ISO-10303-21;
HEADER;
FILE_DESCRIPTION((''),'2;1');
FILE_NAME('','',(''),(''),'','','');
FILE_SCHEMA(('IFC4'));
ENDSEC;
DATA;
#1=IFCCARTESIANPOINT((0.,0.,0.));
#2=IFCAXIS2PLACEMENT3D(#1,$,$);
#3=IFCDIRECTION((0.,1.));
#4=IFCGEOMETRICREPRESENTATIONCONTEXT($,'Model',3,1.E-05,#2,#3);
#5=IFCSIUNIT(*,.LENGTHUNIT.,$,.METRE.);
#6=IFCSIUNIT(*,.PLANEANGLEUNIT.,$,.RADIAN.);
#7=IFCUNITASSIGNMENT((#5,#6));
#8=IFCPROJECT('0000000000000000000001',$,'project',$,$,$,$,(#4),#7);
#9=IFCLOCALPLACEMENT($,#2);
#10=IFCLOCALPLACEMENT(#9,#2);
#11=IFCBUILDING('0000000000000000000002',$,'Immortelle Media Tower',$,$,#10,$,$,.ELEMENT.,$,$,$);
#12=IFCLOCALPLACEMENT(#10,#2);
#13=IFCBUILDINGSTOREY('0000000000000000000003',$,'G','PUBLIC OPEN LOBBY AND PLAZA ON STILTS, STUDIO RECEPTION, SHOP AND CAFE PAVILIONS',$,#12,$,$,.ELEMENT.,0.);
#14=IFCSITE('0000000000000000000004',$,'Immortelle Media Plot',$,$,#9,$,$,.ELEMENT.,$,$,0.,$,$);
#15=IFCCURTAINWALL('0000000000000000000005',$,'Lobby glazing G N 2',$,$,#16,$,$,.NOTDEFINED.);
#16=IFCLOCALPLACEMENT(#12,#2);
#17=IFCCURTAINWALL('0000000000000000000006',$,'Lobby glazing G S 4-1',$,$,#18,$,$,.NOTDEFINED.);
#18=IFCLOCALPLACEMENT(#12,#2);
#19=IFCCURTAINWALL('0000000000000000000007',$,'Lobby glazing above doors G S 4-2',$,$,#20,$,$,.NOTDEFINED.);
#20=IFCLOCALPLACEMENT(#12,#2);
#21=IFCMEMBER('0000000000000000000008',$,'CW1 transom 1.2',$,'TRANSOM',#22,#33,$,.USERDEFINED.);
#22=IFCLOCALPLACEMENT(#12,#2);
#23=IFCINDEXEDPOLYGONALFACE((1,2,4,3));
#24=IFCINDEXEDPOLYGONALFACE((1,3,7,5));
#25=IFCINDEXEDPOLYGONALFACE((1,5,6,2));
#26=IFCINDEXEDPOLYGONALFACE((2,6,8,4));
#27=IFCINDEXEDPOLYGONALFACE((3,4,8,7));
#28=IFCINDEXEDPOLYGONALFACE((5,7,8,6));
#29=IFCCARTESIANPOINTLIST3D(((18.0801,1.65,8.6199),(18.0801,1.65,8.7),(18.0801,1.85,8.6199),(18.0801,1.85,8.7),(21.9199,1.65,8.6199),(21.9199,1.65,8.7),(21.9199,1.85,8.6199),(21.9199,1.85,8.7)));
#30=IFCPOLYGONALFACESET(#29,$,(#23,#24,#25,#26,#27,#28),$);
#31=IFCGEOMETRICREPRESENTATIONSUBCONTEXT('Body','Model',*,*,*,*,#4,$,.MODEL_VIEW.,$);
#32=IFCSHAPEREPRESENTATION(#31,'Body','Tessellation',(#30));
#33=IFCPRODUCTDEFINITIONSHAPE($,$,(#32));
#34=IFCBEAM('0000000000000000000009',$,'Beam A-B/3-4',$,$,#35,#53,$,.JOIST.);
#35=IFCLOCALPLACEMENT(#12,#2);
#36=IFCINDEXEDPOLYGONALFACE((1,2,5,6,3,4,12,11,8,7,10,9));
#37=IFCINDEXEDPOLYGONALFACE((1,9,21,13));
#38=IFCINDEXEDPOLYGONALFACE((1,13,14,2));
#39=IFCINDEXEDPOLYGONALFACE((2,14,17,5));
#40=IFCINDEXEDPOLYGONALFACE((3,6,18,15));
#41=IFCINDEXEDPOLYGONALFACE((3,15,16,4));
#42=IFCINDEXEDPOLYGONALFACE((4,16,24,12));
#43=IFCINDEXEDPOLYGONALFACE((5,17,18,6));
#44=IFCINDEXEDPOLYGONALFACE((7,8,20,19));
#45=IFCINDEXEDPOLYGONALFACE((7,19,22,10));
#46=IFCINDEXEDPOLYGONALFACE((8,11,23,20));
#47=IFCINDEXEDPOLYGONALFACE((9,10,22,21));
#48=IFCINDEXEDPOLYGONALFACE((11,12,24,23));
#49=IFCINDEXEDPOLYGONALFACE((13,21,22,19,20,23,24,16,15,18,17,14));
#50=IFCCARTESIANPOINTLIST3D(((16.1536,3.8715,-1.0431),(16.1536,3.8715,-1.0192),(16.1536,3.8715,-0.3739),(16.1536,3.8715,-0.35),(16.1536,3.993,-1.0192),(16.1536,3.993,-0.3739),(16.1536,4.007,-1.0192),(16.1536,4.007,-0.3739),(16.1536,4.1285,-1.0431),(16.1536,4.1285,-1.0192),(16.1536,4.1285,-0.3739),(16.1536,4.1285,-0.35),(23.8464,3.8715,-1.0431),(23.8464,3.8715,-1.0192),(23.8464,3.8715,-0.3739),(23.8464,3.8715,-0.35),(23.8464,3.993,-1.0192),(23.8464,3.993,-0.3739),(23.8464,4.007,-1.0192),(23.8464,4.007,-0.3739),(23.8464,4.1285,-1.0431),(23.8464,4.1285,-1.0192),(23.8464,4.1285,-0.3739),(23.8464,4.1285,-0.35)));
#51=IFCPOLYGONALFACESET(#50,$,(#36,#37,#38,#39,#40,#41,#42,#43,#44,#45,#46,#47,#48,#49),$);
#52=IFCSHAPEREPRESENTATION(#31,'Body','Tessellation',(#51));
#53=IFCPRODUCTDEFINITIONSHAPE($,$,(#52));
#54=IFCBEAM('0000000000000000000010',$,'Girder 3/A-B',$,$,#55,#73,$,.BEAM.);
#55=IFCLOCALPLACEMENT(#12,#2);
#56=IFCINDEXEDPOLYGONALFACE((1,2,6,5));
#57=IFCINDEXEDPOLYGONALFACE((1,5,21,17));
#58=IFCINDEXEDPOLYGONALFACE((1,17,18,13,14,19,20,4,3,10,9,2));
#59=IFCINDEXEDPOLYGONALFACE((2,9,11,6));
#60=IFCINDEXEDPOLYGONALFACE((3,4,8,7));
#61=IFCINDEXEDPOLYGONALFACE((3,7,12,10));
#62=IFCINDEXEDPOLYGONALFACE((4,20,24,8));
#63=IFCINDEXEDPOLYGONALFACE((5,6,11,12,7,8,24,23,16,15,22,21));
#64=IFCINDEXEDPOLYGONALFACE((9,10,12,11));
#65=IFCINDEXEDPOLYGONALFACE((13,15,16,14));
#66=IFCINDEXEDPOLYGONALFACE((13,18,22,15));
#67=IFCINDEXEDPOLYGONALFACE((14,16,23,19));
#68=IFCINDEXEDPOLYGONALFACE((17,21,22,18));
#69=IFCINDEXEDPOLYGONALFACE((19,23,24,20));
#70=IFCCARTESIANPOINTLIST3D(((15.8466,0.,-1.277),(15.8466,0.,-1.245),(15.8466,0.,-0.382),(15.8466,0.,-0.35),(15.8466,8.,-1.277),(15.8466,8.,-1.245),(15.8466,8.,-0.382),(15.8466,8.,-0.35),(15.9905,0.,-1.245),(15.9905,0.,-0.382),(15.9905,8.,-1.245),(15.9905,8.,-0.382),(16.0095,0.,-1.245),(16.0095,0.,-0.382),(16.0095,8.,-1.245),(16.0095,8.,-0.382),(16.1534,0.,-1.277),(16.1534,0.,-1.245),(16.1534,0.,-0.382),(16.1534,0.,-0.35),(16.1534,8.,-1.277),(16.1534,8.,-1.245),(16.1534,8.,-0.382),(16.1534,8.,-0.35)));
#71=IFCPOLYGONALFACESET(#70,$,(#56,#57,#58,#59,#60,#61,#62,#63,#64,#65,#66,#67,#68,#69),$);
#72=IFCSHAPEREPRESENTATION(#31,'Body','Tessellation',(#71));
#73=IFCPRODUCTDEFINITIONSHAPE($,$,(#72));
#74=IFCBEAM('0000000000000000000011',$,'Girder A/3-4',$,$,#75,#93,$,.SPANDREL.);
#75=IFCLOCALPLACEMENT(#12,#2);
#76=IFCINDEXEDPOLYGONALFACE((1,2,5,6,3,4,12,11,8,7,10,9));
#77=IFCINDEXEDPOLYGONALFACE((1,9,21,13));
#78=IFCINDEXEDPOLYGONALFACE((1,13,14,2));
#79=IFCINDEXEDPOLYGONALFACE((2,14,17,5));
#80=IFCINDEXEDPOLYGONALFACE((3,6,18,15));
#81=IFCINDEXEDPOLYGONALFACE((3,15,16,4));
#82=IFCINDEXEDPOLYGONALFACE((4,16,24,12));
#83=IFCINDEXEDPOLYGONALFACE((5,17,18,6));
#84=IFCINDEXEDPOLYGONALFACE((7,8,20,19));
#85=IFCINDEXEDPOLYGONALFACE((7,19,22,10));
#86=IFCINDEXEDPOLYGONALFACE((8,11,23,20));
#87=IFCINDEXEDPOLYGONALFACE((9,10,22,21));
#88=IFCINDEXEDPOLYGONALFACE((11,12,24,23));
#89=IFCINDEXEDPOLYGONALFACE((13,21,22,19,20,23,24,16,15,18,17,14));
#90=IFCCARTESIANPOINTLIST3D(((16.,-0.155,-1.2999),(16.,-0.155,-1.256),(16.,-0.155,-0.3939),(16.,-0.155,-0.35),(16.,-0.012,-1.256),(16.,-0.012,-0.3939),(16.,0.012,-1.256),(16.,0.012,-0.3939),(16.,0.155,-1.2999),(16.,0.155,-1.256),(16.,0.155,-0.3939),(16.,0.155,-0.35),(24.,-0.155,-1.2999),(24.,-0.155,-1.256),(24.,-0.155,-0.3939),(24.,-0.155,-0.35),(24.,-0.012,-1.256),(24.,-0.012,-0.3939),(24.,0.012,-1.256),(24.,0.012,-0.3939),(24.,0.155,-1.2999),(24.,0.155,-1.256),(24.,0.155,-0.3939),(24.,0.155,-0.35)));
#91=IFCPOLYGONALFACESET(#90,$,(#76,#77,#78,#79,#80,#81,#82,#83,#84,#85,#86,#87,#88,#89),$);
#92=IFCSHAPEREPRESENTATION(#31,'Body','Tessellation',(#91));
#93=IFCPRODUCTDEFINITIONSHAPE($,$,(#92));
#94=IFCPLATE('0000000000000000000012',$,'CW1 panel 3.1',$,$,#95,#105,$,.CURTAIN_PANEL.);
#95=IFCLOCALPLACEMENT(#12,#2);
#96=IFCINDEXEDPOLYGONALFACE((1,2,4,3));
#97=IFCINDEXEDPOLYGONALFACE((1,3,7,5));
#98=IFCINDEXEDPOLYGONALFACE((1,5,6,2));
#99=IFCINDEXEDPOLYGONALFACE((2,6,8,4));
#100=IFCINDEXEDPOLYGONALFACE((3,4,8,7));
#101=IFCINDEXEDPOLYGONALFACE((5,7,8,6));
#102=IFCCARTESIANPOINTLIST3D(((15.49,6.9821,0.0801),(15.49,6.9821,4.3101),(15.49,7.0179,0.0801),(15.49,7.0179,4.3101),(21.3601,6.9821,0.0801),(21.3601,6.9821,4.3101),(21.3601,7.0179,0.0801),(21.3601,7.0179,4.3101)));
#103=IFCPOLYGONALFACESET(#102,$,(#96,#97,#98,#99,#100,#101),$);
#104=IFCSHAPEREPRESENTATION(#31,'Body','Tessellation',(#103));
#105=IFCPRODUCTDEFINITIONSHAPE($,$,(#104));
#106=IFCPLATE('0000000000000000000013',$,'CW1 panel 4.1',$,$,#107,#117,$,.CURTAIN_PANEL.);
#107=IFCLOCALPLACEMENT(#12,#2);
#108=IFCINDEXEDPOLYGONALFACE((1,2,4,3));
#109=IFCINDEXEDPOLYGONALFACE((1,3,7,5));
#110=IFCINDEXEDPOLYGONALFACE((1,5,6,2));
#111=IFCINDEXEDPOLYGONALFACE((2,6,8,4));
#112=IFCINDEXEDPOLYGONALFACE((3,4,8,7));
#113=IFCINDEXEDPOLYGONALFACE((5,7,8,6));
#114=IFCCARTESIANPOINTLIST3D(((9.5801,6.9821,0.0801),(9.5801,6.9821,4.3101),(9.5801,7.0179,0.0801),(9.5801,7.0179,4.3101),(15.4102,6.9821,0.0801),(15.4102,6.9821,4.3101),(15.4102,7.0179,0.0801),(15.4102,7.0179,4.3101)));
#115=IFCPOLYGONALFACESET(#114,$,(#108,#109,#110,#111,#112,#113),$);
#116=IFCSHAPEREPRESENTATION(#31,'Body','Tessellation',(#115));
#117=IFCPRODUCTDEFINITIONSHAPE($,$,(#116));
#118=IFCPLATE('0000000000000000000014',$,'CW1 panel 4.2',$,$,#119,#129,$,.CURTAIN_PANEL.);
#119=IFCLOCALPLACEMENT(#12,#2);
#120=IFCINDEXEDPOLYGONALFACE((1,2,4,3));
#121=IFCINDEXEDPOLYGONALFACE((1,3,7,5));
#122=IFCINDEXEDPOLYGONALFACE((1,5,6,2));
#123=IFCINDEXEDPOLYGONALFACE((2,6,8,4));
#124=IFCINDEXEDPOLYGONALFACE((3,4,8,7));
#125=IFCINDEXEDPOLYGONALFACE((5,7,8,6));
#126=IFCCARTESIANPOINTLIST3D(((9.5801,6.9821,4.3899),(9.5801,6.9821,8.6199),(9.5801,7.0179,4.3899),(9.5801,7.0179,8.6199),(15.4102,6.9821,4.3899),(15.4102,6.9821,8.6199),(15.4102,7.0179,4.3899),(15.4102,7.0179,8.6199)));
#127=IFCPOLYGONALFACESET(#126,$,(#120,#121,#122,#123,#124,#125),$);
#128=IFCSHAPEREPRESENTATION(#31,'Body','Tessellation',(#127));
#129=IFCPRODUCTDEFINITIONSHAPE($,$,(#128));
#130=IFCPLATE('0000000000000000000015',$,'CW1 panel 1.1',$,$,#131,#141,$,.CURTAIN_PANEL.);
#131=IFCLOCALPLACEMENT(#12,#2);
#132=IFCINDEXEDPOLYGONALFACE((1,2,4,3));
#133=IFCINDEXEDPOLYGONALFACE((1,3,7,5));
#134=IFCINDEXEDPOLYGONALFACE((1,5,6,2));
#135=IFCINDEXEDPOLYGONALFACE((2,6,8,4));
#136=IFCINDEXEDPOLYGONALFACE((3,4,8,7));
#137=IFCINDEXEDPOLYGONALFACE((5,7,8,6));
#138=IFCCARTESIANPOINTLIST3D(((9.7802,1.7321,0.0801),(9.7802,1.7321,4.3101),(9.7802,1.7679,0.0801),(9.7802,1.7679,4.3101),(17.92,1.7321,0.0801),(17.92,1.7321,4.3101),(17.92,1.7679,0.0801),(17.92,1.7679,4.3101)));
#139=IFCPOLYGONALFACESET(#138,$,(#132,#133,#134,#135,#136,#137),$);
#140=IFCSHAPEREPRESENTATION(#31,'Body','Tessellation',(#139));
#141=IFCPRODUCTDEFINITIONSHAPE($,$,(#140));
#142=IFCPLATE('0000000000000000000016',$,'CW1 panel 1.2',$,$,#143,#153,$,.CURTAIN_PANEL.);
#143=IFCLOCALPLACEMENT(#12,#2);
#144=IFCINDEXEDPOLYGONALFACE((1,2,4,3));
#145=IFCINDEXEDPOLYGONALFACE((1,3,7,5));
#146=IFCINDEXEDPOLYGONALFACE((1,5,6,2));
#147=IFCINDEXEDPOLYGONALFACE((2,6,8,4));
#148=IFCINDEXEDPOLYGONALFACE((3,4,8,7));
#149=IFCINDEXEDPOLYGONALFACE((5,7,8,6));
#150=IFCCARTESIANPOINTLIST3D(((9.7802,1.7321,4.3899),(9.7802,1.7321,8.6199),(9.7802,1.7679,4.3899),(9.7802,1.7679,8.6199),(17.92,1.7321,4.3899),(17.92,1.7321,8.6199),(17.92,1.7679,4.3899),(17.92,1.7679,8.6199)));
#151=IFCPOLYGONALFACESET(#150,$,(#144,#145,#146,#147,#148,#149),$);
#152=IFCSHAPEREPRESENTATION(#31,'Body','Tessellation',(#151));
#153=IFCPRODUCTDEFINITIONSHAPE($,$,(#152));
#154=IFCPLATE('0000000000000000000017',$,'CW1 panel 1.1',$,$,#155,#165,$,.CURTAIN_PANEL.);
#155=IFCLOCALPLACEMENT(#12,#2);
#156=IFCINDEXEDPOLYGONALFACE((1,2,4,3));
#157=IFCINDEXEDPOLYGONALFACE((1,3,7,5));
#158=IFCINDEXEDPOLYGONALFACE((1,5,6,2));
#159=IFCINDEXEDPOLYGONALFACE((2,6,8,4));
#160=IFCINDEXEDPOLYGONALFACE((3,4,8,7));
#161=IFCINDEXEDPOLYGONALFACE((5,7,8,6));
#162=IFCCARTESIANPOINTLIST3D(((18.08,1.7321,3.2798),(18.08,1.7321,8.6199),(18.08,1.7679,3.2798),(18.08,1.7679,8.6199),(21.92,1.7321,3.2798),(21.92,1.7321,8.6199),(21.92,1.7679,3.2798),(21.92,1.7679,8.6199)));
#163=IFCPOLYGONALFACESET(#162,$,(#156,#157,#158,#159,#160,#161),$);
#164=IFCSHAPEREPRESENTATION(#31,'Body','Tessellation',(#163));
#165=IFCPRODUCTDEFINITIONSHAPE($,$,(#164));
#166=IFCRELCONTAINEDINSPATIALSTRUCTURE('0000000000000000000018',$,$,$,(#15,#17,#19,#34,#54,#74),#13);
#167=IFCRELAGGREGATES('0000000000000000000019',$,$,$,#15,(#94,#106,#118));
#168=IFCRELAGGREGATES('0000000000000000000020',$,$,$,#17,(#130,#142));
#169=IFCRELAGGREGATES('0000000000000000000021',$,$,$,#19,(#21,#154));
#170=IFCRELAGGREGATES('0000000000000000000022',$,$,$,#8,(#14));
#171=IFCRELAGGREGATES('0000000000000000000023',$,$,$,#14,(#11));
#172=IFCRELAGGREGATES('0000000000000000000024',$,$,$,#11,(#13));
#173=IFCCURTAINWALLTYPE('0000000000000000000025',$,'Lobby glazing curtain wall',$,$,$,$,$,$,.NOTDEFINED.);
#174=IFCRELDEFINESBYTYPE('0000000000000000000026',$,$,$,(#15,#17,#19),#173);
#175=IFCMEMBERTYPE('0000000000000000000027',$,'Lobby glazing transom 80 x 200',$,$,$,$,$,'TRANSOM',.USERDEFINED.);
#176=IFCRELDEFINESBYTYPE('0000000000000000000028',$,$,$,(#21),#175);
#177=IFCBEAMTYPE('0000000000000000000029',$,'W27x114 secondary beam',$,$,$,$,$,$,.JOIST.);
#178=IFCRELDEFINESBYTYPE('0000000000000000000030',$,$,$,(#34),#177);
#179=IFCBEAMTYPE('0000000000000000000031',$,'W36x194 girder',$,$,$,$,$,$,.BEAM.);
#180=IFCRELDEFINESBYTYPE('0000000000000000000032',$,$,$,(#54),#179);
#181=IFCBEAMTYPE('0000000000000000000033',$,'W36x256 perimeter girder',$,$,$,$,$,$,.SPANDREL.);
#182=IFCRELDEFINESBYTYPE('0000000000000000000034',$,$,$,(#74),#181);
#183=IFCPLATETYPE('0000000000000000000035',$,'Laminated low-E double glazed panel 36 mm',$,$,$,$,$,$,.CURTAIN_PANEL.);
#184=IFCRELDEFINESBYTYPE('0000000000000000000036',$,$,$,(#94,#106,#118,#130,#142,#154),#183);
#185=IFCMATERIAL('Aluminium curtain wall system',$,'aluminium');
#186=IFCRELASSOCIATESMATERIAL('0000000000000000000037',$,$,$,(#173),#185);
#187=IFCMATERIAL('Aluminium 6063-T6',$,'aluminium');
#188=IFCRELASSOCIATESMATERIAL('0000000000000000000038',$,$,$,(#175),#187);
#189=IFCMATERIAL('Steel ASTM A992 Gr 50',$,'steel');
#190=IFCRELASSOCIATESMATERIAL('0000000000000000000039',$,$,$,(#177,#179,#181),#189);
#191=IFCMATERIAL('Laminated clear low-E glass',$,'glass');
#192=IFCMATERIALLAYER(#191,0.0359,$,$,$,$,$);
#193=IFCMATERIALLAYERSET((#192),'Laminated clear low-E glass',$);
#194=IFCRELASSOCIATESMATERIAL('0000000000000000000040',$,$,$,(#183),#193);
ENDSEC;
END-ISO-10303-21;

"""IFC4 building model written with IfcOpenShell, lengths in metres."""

from ifc_helpers import new_model, si_unit, direction, frame, origin, origin_2d, place, context, subcontext, project, spatial, rectangle, i_section, extrude, material, layer, layer_set, material_profile, profile_set, type_object, element, aggregate, save


model = new_model("IFC4")

# Units and contexts
model_context = context("Model", 3, precision=1e-05, world=origin(), true_north=direction((0.0, 1.0)))
body_context = subcontext(model_context, "Body", "Model", "MODEL_VIEW")
ifc_project = project(units=[si_unit("LENGTHUNIT", "METRE"), si_unit("PLANEANGLEUNIT", "RADIAN")], contexts=[model_context])

# Site, building, storey
site_placement = place(None, origin())
site = spatial("IfcSite", under=ifc_project, at=site_placement, Name="Immortelle Media Plot", CompositionType="ELEMENT", RefElevation=0.0)
building_placement = place(site_placement, origin())
building = spatial("IfcBuilding", under=site, at=building_placement, Name="Immortelle Media Tower", CompositionType="ELEMENT")
storey_placement = place(building_placement, origin())
storey = spatial("IfcBuildingStorey", under=building, at=storey_placement, Name="G", Description="PUBLIC OPEN LOBBY AND PLAZA ON STILTS, STUDIO RECEPTION, SHOP AND CAFE PAVILIONS", CompositionType="ELEMENT", Elevation=0.0)

# Curtain wall
ifc_material_1 = material(Name="Aluminium curtain wall system", Category="aluminium")
curtain_wall_type = type_object("IfcCurtainWallType", Name="Lobby glazing curtain wall", PredefinedType="NOTDEFINED", material=ifc_material_1)
curtain_wall_1_placement = place(storey_placement, origin())
curtain_wall_1 = element("IfcCurtainWall", 1, at=curtain_wall_1_placement, inside=storey, type_object=curtain_wall_type, Name="Lobby glazing G N 2", PredefinedType="NOTDEFINED")
ifc_material_2 = material(Name="Aluminium 6063-T6", Category="aluminium")

# Curtain walls
curtain_wall_2_placement = place(storey_placement, origin())
curtain_wall_2 = element("IfcCurtainWall", 2, at=curtain_wall_2_placement, inside=storey, type_object=curtain_wall_type, Name="Lobby glazing G S 4-1", PredefinedType="NOTDEFINED")
curtain_wall_3_placement = place(storey_placement, origin())
curtain_wall_3 = element("IfcCurtainWall", 3, at=curtain_wall_3_placement, inside=storey, type_object=curtain_wall_type, Name="Lobby glazing above doors G S 4-2", PredefinedType="NOTDEFINED")

# Member
ifc_material_profile_1 = material_profile(ifc_material_2, rectangle(XDim=0.2, YDim=0.0801, at=origin_2d()), Name="AL 80x200")
ifc_profile_set_1 = profile_set([ifc_material_profile_1], Name="Aluminium 6063-T6")
member_type_1 = type_object("IfcMemberType", Name="Lobby glazing transom 80 x 200", ElementType="TRANSOM", PredefinedType="USERDEFINED", material=ifc_profile_set_1)
member_1_placement = place(storey_placement, frame((18.0801, 1.75, 8.6599), z_axis=(1.0, 0.0, 0.0), x_axis=(0.0, 1.0, 0.0)))
member_1 = element("IfcMember", 4, at=member_1_placement, type_object=member_type_1, Name="CW1 transom 1.2", ObjectType="TRANSOM", PredefinedType="USERDEFINED", context=body_context, shape_type="SweptSolid", body=[
    extrude(rectangle(XDim=0.2, YDim=0.0801, at=origin_2d()), origin(), (0.0, 0.0, 1.0), 3.8398),
])

# Beams
ifc_material_3 = material(Name="Steel ASTM A992 Gr 50", Category="steel")
ifc_material_profile_2 = material_profile(ifc_material_3, i_section(OverallWidth=0.2571, OverallDepth=0.6931, WebThickness=0.0139, FlangeThickness=0.0239, at=origin_2d()), Name="W27x114")
ifc_profile_set_2 = profile_set([ifc_material_profile_2], Name="Steel ASTM A992 Gr 50")
beam_type_1 = type_object("IfcBeamType", Name="W27x114 secondary beam", PredefinedType="JOIST", material=ifc_profile_set_2)
beam_1_placement = place(storey_placement, frame((16.1536, 4.0, -0.6965), z_axis=(1.0, 0.0, 0.0), x_axis=(0.0, 1.0, 0.0)))
element("IfcBeam", 5, at=beam_1_placement, inside=storey, type_object=beam_type_1, Name="Beam A-B/3-4", PredefinedType="JOIST", context=body_context, shape_type="SweptSolid", body=[
    extrude(i_section(OverallWidth=0.2571, OverallDepth=0.6931, WebThickness=0.0139, FlangeThickness=0.0239, at=origin_2d()), origin(), (0.0, 0.0, 1.0), 7.6929),
])
ifc_material_profile_3 = material_profile(ifc_material_3, i_section(OverallWidth=0.3069, OverallDepth=0.927, WebThickness=0.019, FlangeThickness=0.032, at=origin_2d()), Name="W36x194")
ifc_profile_set_3 = profile_set([ifc_material_profile_3], Name="Steel ASTM A992 Gr 50")
beam_type_2 = type_object("IfcBeamType", Name="W36x194 girder", PredefinedType="BEAM", material=ifc_profile_set_3)
beam_2_placement = place(storey_placement, frame((16.0, 0.0, -0.8135), z_axis=(0.0, 1.0, 0.0), x_axis=(-1.0, 0.0, 0.0)))
element("IfcBeam", 6, at=beam_2_placement, inside=storey, type_object=beam_type_2, Name="Girder 3/A-B", PredefinedType="BEAM", context=body_context, shape_type="SweptSolid", body=[
    extrude(i_section(OverallWidth=0.3069, OverallDepth=0.927, WebThickness=0.019, FlangeThickness=0.032, at=origin_2d()), origin(), (0.0, 0.0, 1.0), 8.0),
])
ifc_material_profile_4 = material_profile(ifc_material_3, i_section(OverallWidth=0.3101, OverallDepth=0.95, WebThickness=0.0239, FlangeThickness=0.0439, at=origin_2d()), Name="W36x256")
ifc_profile_set_4 = profile_set([ifc_material_profile_4], Name="Steel ASTM A992 Gr 50")
beam_type_3 = type_object("IfcBeamType", Name="W36x256 perimeter girder", PredefinedType="SPANDREL", material=ifc_profile_set_4)
beam_3_placement = place(storey_placement, frame((16.0, 0.0, -0.825), z_axis=(1.0, 0.0, 0.0), x_axis=(0.0, 1.0, 0.0)))
element("IfcBeam", 7, at=beam_3_placement, inside=storey, type_object=beam_type_3, Name="Girder A/3-4", PredefinedType="SPANDREL", context=body_context, shape_type="SweptSolid", body=[
    extrude(i_section(OverallWidth=0.3101, OverallDepth=0.95, WebThickness=0.0239, FlangeThickness=0.0439, at=origin_2d()), origin(), (0.0, 0.0, 1.0), 8.0),
])

# Plates
ifc_material_4 = material(Name="Laminated clear low-E glass", Category="glass")
ifc_layer_1 = layer(ifc_material_4, 0.0359)
ifc_layer_set_1 = layer_set([ifc_layer_1], Name="Laminated clear low-E glass")
plate_type = type_object("IfcPlateType", Name="Laminated low-E double glazed panel 36 mm", PredefinedType="CURTAIN_PANEL", material=ifc_layer_set_1)
plate_1_placement = place(storey_placement, frame((18.425, 7.0, 0.0801), z_axis=(0.0, 0.0, 1.0), x_axis=(-1.0, 0.0, 0.0)))
plate_1 = element("IfcPlate", 8, at=plate_1_placement, type_object=plate_type, Name="CW1 panel 3.1", PredefinedType="CURTAIN_PANEL", context=body_context, shape_type="SweptSolid", body=[
    extrude(rectangle(XDim=5.8701, YDim=0.0359, at=origin_2d()), origin(), (0.0, 0.0, 1.0), 4.23),
])
plate_2_placement = place(storey_placement, frame((12.4951, 7.0, 0.0801), z_axis=(0.0, 0.0, 1.0), x_axis=(-1.0, 0.0, 0.0)))
plate_2 = element("IfcPlate", 9, at=plate_2_placement, type_object=plate_type, Name="CW1 panel 4.1", PredefinedType="CURTAIN_PANEL", context=body_context, shape_type="SweptSolid", body=[
    extrude(rectangle(XDim=5.8301, YDim=0.0359, at=origin_2d()), origin(), (0.0, 0.0, 1.0), 4.23),
])
plate_3_placement = place(storey_placement, frame((12.4951, 7.0, 4.3899), z_axis=(0.0, 0.0, 1.0), x_axis=(-1.0, 0.0, 0.0)))
plate_3 = element("IfcPlate", 10, at=plate_3_placement, type_object=plate_type, Name="CW1 panel 4.2", PredefinedType="CURTAIN_PANEL", context=body_context, shape_type="SweptSolid", body=[
    extrude(rectangle(XDim=5.8301, YDim=0.0359, at=origin_2d()), origin(), (0.0, 0.0, 1.0), 4.23),
])
aggregate(curtain_wall_1, [plate_1, plate_2, plate_3])
plate_4_placement = place(storey_placement, frame((13.8501, 1.75, 0.0801), z_axis=(0.0, 0.0, 1.0), x_axis=(1.0, 0.0, 0.0)))
plate_4 = element("IfcPlate", 11, at=plate_4_placement, type_object=plate_type, Name="CW1 panel 1.1", PredefinedType="CURTAIN_PANEL", context=body_context, shape_type="SweptSolid", body=[
    extrude(rectangle(XDim=8.1399, YDim=0.0359, at=origin_2d()), origin(), (0.0, 0.0, 1.0), 4.23),
])
plate_5_placement = place(storey_placement, frame((13.8501, 1.75, 4.3899), z_axis=(0.0, 0.0, 1.0), x_axis=(1.0, 0.0, 0.0)))
plate_5 = element("IfcPlate", 12, at=plate_5_placement, type_object=plate_type, Name="CW1 panel 1.2", PredefinedType="CURTAIN_PANEL", context=body_context, shape_type="SweptSolid", body=[
    extrude(rectangle(XDim=8.1399, YDim=0.0359, at=origin_2d()), origin(), (0.0, 0.0, 1.0), 4.23),
])
aggregate(curtain_wall_2, [plate_4, plate_5])
plate_6_placement = place(storey_placement, frame((20.0, 1.75, 3.2798), z_axis=(0.0, 0.0, 1.0), x_axis=(1.0, 0.0, 0.0)))
plate_6 = element("IfcPlate", 13, at=plate_6_placement, type_object=plate_type, Name="CW1 panel 1.1", PredefinedType="CURTAIN_PANEL", context=body_context, shape_type="SweptSolid", body=[
    extrude(rectangle(XDim=3.8401, YDim=0.0359, at=origin_2d()), origin(), (0.0, 0.0, 1.0), 5.3401),
])
aggregate(curtain_wall_3, [member_1, plate_6])

save(model, "model.ifc")
